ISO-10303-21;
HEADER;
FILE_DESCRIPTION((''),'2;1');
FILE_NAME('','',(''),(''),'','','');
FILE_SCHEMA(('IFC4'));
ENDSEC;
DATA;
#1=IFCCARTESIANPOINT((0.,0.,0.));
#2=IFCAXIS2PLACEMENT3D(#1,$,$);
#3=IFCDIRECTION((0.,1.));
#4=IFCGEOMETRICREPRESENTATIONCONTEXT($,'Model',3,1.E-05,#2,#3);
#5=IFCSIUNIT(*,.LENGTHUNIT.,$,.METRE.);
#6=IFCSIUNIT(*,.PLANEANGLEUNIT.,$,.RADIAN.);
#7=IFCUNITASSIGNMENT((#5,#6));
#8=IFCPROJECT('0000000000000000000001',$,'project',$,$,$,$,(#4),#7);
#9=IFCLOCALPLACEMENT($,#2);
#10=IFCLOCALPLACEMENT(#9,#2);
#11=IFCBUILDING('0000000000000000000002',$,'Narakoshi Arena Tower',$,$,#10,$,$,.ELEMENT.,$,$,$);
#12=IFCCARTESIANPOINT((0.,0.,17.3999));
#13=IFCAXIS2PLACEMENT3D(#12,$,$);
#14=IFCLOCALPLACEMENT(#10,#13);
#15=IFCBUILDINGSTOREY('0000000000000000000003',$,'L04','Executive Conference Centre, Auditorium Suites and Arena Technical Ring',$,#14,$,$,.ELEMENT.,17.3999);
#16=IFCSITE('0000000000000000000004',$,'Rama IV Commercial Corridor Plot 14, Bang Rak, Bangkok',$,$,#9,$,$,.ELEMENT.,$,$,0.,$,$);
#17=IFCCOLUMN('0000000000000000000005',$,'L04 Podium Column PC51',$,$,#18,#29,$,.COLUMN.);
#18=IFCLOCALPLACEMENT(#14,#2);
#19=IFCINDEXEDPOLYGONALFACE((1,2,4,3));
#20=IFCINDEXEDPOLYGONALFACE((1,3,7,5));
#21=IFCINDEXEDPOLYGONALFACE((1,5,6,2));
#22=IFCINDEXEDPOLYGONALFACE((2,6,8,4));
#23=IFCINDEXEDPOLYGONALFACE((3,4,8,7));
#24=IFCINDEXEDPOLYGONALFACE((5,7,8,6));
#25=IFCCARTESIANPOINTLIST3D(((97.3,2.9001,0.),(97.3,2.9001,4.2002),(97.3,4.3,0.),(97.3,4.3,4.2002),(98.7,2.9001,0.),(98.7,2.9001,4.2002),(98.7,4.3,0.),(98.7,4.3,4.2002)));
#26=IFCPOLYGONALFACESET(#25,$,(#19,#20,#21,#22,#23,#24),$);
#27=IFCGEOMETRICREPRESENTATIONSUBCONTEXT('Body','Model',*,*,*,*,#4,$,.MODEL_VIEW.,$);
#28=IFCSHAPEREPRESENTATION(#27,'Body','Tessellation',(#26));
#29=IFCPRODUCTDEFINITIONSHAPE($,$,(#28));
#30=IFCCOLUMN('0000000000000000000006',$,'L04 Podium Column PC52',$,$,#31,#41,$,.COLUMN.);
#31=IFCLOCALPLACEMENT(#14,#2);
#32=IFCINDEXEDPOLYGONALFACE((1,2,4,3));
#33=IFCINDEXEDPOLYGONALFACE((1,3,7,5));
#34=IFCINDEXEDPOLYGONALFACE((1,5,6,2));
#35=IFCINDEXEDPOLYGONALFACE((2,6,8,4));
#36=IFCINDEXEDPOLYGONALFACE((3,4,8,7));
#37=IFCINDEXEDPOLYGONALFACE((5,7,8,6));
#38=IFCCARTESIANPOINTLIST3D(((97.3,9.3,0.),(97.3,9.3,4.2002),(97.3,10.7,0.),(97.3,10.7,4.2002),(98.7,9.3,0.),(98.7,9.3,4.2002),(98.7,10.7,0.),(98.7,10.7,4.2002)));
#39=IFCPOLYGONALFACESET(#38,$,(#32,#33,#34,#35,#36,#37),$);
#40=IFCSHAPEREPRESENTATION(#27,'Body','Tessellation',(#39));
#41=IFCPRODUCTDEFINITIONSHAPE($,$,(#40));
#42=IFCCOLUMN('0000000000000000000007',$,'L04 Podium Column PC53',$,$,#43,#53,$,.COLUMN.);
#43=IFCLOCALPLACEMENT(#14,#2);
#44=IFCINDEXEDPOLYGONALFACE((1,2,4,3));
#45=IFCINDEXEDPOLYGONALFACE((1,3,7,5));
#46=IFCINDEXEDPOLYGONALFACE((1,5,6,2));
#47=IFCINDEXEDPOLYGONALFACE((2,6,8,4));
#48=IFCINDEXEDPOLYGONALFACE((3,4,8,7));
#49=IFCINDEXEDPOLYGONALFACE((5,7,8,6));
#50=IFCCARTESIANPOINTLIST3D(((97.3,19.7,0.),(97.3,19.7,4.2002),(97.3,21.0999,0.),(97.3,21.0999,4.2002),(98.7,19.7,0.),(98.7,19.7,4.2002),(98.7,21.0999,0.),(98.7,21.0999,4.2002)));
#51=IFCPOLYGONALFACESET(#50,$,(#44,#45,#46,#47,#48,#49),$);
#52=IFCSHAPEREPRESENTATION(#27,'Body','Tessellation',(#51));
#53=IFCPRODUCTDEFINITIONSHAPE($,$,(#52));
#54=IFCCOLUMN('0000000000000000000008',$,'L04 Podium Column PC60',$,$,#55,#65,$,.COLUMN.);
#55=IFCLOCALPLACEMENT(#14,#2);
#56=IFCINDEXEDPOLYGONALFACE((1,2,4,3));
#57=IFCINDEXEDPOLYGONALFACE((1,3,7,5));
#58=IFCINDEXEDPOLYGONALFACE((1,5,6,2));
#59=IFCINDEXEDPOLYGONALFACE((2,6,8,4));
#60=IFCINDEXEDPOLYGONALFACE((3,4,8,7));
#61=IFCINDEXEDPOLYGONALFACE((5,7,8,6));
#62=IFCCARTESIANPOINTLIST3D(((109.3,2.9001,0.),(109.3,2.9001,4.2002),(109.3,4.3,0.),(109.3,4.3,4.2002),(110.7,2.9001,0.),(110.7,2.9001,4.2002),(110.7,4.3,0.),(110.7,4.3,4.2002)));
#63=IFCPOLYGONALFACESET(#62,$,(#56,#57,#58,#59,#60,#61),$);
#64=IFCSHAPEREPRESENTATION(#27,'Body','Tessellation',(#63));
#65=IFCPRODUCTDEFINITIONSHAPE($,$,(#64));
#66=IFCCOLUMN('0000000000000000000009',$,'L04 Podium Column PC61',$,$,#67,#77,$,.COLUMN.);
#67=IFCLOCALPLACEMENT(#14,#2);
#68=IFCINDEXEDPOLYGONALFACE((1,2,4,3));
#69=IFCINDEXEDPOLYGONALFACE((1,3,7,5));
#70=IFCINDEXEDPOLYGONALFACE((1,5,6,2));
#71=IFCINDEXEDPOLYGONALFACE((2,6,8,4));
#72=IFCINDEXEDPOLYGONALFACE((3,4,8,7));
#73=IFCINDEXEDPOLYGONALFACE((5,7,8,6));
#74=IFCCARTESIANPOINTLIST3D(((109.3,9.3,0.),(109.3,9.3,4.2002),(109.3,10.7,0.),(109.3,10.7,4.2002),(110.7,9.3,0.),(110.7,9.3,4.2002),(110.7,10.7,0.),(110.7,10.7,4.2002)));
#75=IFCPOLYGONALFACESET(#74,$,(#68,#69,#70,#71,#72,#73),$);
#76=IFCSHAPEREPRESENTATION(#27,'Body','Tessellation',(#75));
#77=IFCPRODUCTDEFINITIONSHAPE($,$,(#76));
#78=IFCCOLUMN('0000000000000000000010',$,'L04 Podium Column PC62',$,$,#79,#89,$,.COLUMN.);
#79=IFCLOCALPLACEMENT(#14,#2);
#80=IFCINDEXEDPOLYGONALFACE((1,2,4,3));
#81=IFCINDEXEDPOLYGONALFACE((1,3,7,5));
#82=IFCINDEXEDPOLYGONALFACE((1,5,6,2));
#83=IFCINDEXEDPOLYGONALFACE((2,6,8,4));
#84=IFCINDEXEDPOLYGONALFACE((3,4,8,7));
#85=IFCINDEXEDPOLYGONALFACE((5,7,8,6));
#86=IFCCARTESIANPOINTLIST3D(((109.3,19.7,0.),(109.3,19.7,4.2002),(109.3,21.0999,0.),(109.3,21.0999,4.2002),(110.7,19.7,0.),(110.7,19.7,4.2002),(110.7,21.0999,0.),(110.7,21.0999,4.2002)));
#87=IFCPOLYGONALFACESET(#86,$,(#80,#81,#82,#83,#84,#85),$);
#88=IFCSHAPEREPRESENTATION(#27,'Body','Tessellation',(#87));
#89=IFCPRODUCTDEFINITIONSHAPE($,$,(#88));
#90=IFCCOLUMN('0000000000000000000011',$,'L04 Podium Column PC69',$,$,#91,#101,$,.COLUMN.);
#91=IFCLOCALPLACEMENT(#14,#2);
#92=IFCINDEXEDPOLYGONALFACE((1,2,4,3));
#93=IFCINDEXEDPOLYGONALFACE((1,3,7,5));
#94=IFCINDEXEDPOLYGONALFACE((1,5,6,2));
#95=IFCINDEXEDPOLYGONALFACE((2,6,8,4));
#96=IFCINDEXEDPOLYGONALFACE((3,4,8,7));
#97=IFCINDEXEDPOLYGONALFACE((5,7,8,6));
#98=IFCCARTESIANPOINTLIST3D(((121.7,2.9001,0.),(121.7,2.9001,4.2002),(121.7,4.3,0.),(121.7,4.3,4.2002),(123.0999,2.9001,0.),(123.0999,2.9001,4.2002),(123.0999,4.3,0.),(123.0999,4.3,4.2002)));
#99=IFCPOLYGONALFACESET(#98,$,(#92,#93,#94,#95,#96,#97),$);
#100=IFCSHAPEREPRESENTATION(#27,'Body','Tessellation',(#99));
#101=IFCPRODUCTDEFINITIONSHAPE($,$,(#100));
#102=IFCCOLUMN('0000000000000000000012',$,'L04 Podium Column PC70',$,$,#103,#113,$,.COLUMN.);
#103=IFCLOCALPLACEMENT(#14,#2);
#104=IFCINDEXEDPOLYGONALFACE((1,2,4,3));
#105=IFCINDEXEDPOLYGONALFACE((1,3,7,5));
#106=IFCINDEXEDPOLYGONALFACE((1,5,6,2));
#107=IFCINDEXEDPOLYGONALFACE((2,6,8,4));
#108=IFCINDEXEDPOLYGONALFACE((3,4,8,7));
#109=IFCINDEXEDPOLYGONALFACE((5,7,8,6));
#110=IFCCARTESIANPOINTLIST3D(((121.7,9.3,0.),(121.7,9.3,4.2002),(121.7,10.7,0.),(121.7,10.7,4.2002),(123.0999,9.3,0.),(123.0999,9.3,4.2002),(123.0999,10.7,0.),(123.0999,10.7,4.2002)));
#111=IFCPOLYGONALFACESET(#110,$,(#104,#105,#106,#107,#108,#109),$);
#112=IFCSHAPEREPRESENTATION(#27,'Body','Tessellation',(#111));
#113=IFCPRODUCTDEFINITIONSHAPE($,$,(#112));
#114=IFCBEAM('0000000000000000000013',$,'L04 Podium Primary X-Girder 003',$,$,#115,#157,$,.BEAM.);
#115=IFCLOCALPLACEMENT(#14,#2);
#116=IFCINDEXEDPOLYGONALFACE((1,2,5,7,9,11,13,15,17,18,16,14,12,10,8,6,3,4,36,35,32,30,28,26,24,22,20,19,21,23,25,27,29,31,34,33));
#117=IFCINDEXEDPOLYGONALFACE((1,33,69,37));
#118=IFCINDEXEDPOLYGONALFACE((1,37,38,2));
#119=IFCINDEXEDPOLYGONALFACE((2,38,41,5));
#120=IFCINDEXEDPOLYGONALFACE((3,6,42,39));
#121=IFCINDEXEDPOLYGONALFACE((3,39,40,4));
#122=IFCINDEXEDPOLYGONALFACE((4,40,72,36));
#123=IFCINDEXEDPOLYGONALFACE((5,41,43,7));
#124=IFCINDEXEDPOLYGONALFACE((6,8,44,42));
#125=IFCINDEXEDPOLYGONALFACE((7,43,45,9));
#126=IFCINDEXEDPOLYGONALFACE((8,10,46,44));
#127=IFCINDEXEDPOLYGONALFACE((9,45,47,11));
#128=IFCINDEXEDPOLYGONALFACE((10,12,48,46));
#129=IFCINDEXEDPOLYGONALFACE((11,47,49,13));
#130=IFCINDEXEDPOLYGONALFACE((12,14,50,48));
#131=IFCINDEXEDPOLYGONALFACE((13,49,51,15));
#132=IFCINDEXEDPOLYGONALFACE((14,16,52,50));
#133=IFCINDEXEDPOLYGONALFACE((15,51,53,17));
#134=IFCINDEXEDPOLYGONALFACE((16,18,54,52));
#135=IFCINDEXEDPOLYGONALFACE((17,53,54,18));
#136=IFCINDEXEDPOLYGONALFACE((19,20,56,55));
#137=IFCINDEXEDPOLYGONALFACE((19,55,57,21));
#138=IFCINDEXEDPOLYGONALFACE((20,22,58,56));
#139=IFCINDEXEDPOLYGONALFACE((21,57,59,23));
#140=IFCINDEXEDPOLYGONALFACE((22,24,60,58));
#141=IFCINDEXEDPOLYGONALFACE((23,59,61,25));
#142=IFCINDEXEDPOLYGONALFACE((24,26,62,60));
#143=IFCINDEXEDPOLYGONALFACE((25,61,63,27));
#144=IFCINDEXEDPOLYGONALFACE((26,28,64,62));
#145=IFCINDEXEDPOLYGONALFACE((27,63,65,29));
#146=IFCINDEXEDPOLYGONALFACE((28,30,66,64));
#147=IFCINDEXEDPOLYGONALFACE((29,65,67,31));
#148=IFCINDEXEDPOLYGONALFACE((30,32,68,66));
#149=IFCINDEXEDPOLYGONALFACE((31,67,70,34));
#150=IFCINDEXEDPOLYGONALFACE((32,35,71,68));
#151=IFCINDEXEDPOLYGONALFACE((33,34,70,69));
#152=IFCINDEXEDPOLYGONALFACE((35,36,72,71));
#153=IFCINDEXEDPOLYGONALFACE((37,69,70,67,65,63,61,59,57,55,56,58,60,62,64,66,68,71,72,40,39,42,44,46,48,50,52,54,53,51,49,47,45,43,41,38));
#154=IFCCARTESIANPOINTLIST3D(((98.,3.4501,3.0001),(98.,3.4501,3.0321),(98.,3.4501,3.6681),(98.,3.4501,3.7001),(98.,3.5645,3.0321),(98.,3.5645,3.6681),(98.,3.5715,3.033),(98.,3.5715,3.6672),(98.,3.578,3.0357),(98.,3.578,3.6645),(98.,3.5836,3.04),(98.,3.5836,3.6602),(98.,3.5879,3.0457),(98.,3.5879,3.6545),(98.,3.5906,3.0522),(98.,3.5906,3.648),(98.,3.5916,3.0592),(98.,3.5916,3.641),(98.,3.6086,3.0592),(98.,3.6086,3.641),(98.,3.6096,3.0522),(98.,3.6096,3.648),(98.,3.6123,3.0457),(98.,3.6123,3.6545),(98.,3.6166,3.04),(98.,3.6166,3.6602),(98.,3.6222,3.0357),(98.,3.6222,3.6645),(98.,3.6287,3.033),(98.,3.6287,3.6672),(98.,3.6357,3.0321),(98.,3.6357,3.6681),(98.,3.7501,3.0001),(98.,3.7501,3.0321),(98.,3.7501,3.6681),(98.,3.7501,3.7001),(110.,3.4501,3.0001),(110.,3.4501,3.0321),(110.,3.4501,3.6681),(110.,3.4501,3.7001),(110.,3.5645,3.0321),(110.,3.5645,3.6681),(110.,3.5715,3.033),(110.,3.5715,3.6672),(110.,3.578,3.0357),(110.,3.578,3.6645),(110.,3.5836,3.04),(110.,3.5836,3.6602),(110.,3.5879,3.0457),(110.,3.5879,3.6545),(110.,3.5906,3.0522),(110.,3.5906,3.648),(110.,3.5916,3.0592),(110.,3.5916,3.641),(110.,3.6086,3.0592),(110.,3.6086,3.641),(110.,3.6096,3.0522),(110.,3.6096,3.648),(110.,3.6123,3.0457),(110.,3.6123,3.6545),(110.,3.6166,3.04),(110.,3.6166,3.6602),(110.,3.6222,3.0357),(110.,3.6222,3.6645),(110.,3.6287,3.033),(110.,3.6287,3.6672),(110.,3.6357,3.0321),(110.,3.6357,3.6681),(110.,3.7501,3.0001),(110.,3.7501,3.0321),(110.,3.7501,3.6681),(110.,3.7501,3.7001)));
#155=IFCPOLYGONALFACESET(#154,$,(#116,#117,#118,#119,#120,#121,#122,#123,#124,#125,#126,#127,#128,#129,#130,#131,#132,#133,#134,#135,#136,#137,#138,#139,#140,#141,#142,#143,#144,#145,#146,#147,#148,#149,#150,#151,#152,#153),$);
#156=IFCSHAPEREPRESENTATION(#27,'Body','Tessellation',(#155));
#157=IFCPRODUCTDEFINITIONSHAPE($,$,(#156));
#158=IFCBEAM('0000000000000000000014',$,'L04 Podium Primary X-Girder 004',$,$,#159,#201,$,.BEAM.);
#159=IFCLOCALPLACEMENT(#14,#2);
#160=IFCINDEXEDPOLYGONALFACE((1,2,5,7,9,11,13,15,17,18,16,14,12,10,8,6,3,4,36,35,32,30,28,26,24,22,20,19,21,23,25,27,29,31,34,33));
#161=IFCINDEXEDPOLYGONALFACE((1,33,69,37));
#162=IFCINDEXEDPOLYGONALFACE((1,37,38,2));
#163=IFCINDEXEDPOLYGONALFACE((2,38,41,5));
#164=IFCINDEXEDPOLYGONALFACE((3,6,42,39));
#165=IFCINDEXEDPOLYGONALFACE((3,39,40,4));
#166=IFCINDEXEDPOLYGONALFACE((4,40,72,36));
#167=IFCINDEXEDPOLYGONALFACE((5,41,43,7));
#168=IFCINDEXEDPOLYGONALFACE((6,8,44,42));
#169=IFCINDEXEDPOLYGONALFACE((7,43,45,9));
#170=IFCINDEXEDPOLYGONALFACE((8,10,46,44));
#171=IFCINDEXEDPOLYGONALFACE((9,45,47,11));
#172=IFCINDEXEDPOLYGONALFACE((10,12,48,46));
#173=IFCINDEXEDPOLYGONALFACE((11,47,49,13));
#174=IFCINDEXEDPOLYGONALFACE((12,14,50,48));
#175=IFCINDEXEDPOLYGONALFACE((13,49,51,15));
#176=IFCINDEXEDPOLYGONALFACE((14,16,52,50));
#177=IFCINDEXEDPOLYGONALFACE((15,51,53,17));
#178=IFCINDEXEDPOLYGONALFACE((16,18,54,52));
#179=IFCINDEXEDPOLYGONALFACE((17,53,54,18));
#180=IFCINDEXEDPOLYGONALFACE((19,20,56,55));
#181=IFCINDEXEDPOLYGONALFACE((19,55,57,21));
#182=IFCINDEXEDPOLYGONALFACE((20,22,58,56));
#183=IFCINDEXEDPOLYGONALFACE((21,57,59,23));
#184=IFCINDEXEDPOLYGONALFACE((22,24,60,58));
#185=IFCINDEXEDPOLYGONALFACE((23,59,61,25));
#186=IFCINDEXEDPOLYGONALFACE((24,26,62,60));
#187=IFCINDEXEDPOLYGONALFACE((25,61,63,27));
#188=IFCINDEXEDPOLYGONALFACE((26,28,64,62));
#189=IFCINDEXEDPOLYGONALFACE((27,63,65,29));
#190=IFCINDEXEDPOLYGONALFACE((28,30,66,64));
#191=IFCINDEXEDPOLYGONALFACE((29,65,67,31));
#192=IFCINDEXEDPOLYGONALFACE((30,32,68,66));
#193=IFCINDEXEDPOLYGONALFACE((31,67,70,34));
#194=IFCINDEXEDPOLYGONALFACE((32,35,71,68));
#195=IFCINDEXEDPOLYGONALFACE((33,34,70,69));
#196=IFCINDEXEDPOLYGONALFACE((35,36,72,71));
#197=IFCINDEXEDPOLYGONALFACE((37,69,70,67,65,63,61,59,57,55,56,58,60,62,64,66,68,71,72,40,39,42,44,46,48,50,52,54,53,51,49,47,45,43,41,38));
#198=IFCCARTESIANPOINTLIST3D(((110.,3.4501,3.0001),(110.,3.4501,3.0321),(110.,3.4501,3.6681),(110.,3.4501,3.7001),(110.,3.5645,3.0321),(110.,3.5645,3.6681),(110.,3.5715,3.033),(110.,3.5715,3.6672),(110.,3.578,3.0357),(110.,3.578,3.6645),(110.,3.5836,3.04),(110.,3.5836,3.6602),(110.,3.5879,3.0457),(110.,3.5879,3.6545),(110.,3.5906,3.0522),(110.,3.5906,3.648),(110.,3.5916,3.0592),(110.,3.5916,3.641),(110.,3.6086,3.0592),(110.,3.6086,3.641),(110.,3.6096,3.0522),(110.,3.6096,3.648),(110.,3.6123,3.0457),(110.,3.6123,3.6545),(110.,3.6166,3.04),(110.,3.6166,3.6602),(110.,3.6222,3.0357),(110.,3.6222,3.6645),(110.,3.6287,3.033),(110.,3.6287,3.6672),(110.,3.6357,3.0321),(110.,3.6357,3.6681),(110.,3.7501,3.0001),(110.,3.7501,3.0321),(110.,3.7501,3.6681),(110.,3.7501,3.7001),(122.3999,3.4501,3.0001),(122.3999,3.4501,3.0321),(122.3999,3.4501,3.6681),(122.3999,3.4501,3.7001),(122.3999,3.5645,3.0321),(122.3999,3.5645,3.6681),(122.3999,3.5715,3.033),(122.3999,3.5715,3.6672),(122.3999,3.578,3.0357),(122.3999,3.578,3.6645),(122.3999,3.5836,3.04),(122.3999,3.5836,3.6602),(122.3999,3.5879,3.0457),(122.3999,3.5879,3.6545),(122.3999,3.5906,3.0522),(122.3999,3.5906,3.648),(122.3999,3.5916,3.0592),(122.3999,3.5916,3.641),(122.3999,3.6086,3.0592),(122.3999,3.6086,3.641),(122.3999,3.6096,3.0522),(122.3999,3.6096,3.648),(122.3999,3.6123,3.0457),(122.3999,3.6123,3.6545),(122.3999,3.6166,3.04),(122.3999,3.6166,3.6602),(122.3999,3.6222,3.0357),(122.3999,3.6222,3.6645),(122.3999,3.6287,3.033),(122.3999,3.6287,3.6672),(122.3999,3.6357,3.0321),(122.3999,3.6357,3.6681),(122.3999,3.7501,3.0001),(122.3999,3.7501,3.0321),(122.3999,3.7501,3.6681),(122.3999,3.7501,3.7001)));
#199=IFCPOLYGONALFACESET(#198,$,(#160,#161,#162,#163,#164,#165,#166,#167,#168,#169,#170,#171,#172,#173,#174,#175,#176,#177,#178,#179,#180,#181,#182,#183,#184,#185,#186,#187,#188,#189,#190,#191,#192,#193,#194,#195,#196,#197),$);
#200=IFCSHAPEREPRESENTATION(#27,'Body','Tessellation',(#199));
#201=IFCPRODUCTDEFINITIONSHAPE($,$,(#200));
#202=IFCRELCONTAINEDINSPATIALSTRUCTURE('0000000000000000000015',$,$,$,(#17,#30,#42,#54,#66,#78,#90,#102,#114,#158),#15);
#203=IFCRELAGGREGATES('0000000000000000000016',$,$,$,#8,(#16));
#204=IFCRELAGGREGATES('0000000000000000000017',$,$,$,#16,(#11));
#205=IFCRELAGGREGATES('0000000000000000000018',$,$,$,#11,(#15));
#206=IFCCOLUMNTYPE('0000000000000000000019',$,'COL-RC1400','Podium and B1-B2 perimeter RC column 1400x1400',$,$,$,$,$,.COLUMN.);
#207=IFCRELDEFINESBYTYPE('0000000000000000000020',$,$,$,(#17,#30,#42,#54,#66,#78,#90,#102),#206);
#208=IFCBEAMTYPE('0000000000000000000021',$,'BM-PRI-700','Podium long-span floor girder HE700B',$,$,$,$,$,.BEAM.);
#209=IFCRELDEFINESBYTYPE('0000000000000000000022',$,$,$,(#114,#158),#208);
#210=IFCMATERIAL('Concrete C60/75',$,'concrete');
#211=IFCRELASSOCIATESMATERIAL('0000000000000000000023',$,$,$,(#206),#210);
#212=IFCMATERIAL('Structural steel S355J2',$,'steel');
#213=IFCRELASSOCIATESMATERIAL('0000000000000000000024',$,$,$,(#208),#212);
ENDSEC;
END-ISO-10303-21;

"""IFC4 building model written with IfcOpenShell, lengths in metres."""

from ifc_helpers import new_model, si_unit, direction, frame, origin, origin_2d, place, context, subcontext, project, spatial, rectangle, i_section, extrude, material, material_profile, profile_set, type_object, element, save


model = new_model("IFC4")

# Units and contexts
model_context = context("Model", 3, precision=1e-05, world=origin(), true_north=direction((0.0, 1.0)))
body_context = subcontext(model_context, "Body", "Model", "MODEL_VIEW")
ifc_project = project(units=[si_unit("LENGTHUNIT", "METRE"), si_unit("PLANEANGLEUNIT", "RADIAN")], contexts=[model_context])

# Site, building, storey
site_placement = place(None, origin())
site = spatial("IfcSite", under=ifc_project, at=site_placement, Name="Rama IV Commercial Corridor Plot 14, Bang Rak, Bangkok", CompositionType="ELEMENT", RefElevation=0.0)
building_placement = place(site_placement, origin())
building = spatial("IfcBuilding", under=site, at=building_placement, Name="Narakoshi Arena Tower", CompositionType="ELEMENT")
storey_placement = place(building_placement, frame((0.0, 0.0, 17.3999)))
storey = spatial("IfcBuildingStorey", under=building, at=storey_placement, Name="L04", Description="Executive Conference Centre, Auditorium Suites and Arena Technical Ring", CompositionType="ELEMENT", Elevation=17.3999)

# Columns
ifc_material_1 = material(Name="Concrete C60/75", Category="concrete")
ifc_material_profile_1 = material_profile(ifc_material_1, rectangle(XDim=1.3999, YDim=1.3999, at=origin_2d()), Name="RC1400x1400")
ifc_profile_set_1 = profile_set([ifc_material_profile_1], Name="Concrete C60/75")
column_type = type_object("IfcColumnType", Name="COL-RC1400", Description="Podium and B1-B2 perimeter RC column 1400x1400", PredefinedType="COLUMN", material=ifc_profile_set_1)
for number, where, z_axis, x_axis, name in (
    (1, (98.0, 3.6001, 0.0), (0.0, 0.0, 1.0), (1.0, 0.0, 0.0), "L04 Podium Column PC51"),
    (2, (98.0, 10.0, 0.0), (0.0, 0.0, 1.0), (1.0, 0.0, 0.0), "L04 Podium Column PC52"),
    (3, (98.0, 20.3999, 0.0), (0.0, 0.0, 1.0), (1.0, 0.0, 0.0), "L04 Podium Column PC53"),
    (4, (110.0, 3.6001, 0.0), (0.0, 0.0, 1.0), (1.0, 0.0, 0.0), "L04 Podium Column PC60"),
    (5, (110.0, 10.0, 0.0), (0.0, 0.0, 1.0), (1.0, 0.0, 0.0), "L04 Podium Column PC61"),
    (6, (110.0, 20.3999, 0.0), (0.0, 0.0, 1.0), (1.0, 0.0, 0.0), "L04 Podium Column PC62"),
    (7, (122.3999, 3.6001, 0.0), (0.0, 0.0, 1.0), (1.0, 0.0, 0.0), "L04 Podium Column PC69"),
    (8, (122.3999, 10.0, 0.0), (0.0, 0.0, 1.0), (1.0, 0.0, 0.0), "L04 Podium Column PC70"),
):
    element("IfcColumn", number, at=place(storey_placement, frame(where, z_axis=z_axis, x_axis=x_axis)), inside=storey, type_object=column_type, Name=name, PredefinedType="COLUMN", context=body_context, shape_type="SweptSolid", body=[
        extrude(rectangle(XDim=1.3999, YDim=1.3999, at=origin_2d()), origin(), (0.0, 0.0, 1.0), 4.2002),
    ])

# Beams
ifc_material_2 = material(Name="Structural steel S355J2", Category="steel")
ifc_material_profile_2 = material_profile(ifc_material_2, i_section(OverallWidth=0.3, OverallDepth=0.7, WebThickness=0.0171, FlangeThickness=0.032, FilletRadius=0.0271, at=origin_2d()), Name="HE700B")
ifc_profile_set_2 = profile_set([ifc_material_profile_2], Name="Structural steel S355J2")
beam_type_1 = type_object("IfcBeamType", Name="BM-PRI-700", Description="Podium long-span floor girder HE700B", PredefinedType="BEAM", material=ifc_profile_set_2)
beam_1_placement = place(storey_placement, frame((98.0, 3.6001, 3.3501), z_axis=(1.0, 0.0, 0.0), x_axis=(0.0, 1.0, 0.0)))
element("IfcBeam", 9, at=beam_1_placement, inside=storey, type_object=beam_type_1, Name="L04 Podium Primary X-Girder 003", PredefinedType="BEAM", context=body_context, shape_type="SweptSolid", body=[
    extrude(i_section(OverallWidth=0.3, OverallDepth=0.7, WebThickness=0.0171, FlangeThickness=0.032, FilletRadius=0.0271, at=origin_2d()), origin(), (0.0, 0.0, 1.0), 12.0),
])
beam_2_placement = place(storey_placement, frame((110.0, 3.6001, 3.3501), z_axis=(1.0, 0.0, 0.0), x_axis=(0.0, 1.0, 0.0)))
element("IfcBeam", 10, at=beam_2_placement, inside=storey, type_object=beam_type_1, Name="L04 Podium Primary X-Girder 004", PredefinedType="BEAM", context=body_context, shape_type="SweptSolid", body=[
    extrude(i_section(OverallWidth=0.3, OverallDepth=0.7, WebThickness=0.0171, FlangeThickness=0.032, FilletRadius=0.0271, at=origin_2d()), origin(), (0.0, 0.0, 1.0), 12.3999),
])

save(model, "model.ifc")
